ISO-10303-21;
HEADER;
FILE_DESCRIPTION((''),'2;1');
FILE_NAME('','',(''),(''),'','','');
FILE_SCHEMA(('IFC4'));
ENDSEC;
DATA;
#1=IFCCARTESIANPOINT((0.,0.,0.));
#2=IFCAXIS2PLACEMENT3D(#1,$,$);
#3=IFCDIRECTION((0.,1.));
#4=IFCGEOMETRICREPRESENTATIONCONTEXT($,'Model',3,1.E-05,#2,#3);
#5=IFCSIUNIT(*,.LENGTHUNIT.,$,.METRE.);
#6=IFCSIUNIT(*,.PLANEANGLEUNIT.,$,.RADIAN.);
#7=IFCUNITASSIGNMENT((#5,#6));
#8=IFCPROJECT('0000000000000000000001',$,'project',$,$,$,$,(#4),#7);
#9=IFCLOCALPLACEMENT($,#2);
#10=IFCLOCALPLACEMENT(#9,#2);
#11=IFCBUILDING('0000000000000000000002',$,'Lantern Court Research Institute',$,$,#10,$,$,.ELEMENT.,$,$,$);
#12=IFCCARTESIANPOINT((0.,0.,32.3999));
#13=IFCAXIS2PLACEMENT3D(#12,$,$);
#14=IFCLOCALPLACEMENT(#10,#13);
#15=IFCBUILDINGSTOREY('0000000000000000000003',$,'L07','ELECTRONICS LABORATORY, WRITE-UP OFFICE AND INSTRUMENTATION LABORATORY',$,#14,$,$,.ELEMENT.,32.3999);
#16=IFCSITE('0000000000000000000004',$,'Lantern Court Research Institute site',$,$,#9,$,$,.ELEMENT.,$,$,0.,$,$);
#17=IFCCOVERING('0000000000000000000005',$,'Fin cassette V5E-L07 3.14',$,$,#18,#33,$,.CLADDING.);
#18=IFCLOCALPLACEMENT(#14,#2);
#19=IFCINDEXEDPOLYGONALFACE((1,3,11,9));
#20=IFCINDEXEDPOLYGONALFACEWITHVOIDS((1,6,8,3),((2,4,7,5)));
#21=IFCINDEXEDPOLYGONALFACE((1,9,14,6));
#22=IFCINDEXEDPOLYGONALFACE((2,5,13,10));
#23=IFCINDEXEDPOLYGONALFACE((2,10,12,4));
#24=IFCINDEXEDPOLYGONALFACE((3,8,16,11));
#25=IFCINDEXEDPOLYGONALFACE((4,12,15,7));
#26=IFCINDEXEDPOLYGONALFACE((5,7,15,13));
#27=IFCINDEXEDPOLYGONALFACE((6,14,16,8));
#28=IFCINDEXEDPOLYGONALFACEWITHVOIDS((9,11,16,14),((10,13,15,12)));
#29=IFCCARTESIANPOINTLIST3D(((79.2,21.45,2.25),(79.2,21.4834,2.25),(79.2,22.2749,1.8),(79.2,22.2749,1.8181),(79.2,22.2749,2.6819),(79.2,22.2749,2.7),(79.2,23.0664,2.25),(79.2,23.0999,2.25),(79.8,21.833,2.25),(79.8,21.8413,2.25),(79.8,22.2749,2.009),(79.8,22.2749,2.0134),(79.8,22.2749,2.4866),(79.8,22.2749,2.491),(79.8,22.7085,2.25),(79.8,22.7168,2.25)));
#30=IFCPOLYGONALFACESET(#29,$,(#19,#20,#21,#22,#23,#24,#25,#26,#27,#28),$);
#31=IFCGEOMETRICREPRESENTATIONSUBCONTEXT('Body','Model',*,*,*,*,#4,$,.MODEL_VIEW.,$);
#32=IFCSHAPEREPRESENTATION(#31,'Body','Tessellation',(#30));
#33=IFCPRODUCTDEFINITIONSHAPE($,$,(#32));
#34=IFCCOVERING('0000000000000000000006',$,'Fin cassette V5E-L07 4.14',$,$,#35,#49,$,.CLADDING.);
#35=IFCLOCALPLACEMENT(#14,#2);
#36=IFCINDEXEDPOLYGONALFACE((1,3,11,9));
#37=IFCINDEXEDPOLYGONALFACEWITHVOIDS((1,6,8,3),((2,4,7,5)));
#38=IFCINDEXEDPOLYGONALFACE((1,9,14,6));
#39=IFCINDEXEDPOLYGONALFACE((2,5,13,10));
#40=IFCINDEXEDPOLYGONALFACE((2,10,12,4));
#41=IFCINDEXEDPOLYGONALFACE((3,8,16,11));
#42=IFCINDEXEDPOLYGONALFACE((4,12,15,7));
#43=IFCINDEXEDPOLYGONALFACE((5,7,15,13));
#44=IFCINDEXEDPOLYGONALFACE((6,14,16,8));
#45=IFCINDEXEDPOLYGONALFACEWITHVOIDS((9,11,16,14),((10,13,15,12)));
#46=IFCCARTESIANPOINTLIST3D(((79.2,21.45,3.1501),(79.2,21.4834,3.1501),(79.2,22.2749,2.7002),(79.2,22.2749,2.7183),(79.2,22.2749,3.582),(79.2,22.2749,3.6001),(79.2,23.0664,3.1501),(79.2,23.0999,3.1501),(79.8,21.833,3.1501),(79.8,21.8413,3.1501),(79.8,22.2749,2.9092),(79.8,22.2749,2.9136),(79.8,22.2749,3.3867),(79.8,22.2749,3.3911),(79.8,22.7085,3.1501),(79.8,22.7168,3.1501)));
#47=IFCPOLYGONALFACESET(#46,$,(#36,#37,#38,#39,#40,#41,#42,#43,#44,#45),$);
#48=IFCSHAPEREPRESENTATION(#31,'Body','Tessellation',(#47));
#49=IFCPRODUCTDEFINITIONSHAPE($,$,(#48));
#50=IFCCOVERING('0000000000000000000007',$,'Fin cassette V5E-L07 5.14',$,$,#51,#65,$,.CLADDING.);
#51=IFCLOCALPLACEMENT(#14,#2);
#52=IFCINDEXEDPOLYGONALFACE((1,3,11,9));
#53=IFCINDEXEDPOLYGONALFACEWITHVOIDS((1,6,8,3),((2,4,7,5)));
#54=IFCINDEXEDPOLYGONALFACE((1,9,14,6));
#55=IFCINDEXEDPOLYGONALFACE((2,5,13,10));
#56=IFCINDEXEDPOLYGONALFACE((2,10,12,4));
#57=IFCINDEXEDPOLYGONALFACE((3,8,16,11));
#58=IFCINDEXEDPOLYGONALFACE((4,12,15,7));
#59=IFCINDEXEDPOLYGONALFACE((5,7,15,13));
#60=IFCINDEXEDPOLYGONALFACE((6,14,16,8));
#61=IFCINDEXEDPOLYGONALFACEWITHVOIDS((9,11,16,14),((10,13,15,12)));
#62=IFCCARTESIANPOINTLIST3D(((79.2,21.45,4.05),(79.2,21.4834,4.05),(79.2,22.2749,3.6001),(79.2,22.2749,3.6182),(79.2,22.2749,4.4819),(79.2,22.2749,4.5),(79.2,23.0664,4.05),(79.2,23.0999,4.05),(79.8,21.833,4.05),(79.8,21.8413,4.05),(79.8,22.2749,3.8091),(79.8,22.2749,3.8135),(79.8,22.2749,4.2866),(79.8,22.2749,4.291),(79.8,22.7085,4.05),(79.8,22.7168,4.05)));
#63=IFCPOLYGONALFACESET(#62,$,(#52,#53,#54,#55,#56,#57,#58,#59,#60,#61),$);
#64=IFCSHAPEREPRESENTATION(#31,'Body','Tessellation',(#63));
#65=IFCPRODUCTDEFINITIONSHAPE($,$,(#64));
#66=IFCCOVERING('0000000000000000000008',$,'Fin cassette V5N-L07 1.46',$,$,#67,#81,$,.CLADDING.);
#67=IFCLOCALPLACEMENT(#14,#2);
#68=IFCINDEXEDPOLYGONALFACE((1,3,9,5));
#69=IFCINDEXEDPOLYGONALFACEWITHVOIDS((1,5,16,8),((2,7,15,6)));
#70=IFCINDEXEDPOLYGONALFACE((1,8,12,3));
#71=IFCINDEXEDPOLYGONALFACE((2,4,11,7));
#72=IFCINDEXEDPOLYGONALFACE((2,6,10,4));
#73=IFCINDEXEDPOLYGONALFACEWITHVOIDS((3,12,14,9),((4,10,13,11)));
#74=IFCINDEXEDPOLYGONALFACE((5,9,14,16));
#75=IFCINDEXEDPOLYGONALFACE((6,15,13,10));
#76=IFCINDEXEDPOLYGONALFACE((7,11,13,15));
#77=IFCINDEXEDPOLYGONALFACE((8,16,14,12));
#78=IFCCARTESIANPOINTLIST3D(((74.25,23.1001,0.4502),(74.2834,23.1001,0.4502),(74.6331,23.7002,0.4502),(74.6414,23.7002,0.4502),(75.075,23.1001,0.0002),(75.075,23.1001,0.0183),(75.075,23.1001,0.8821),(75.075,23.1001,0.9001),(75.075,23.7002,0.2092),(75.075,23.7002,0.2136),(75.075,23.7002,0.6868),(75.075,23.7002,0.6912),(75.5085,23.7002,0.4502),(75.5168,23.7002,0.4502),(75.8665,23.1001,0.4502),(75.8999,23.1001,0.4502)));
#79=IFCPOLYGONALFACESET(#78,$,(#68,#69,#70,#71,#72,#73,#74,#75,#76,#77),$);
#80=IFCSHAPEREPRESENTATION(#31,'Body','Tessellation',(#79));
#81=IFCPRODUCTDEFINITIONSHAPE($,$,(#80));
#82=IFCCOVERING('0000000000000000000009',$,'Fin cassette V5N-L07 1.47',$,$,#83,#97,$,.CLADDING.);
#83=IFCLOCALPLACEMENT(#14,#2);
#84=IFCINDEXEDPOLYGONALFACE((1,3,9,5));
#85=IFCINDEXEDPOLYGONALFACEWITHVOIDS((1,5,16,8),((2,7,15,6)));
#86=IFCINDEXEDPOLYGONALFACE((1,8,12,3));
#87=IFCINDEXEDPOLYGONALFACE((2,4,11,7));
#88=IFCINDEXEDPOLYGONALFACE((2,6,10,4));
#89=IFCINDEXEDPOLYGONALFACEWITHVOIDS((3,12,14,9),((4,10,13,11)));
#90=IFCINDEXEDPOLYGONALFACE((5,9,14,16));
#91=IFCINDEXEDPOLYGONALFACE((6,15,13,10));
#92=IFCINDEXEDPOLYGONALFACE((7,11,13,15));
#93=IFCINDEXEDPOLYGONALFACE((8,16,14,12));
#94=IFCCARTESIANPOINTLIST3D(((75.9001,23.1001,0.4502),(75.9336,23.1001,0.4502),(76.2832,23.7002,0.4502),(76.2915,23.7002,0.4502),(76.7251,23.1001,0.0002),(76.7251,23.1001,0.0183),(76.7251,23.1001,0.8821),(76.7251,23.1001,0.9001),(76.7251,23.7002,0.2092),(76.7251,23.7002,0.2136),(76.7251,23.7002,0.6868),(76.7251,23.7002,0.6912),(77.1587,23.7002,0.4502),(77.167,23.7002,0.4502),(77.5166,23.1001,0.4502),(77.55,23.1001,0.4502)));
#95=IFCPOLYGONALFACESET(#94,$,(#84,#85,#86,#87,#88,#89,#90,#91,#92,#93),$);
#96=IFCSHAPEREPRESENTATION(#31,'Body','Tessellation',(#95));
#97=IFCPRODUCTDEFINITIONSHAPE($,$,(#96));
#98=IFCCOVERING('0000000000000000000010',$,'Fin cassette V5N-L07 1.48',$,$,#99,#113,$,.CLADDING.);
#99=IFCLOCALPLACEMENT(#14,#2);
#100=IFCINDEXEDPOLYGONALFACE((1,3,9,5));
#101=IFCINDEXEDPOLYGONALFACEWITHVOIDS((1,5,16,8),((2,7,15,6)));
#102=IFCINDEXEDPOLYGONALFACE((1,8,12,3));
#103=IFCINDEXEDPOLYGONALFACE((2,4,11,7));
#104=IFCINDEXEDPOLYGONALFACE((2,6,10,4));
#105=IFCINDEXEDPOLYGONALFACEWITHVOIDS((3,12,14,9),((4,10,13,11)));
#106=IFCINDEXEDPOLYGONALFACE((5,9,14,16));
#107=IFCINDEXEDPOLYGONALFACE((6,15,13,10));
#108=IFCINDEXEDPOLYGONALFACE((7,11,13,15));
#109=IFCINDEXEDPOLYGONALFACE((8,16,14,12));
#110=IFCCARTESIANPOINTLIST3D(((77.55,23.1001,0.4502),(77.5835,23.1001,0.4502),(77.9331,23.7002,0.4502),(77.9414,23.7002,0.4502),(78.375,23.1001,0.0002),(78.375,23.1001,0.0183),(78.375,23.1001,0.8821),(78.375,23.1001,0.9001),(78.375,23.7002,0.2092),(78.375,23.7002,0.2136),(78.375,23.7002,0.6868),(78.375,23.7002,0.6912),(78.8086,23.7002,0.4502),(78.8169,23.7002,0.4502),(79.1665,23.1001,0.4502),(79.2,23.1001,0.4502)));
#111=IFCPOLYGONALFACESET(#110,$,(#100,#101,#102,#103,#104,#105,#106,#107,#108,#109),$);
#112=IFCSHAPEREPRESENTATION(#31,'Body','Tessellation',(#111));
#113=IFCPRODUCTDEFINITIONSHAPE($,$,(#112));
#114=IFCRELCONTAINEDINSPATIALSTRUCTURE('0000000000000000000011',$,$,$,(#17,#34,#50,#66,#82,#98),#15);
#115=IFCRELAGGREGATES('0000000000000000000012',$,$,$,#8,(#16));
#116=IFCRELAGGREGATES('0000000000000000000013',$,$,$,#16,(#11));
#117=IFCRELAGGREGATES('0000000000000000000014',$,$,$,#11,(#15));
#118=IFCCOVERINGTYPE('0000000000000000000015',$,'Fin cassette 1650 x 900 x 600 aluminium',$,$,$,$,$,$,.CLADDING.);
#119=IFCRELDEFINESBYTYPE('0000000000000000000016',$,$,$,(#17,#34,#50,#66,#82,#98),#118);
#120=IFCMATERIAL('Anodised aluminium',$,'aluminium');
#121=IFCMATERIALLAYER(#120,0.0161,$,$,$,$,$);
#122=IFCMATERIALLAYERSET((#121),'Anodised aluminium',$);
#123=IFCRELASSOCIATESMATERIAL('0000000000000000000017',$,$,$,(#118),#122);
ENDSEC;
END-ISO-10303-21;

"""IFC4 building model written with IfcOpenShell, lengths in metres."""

from ifc_helpers import new_model, entity, si_unit, direction, frame, origin, place, context, subcontext, project, spatial, material, layer, layer_set, type_object, element, save


model = new_model("IFC4")

# Units and contexts
model_context = context("Model", 3, precision=1e-05, world=origin(), true_north=direction((0.0, 1.0)))
body_context = subcontext(model_context, "Body", "Model", "MODEL_VIEW")
ifc_project = project(units=[si_unit("LENGTHUNIT", "METRE"), si_unit("PLANEANGLEUNIT", "RADIAN")], contexts=[model_context])

# Site, building, storey
site_placement = place(None, origin())
site = spatial("IfcSite", under=ifc_project, at=site_placement, Name="Lantern Court Research Institute site", CompositionType="ELEMENT", RefElevation=0.0)
building_placement = place(site_placement, origin())
building = spatial("IfcBuilding", under=site, at=building_placement, Name="Lantern Court Research Institute", CompositionType="ELEMENT")
storey_placement = place(building_placement, frame((0.0, 0.0, 32.3999)))
storey = spatial("IfcBuildingStorey", under=building, at=storey_placement, Name="L07", Description="ELECTRONICS LABORATORY, WRITE-UP OFFICE AND INSTRUMENTATION LABORATORY", CompositionType="ELEMENT", Elevation=32.3999)

# Coverings
ifc_material = material(Name="Anodised aluminium", Category="aluminium")
ifc_layer = layer(ifc_material, 0.0161)
ifc_layer_set = layer_set([ifc_layer], Name="Anodised aluminium")
covering_type = type_object("IfcCoveringType", Name="Fin cassette 1650 x 900 x 600 aluminium", PredefinedType="CLADDING", material=ifc_layer_set)
covering_1_placement = place(storey_placement, frame((79.2, 22.2749, 2.25), z_axis=(1.0, 0.0, 0.0), x_axis=(0.0, 1.0, 0.0)))
cartesian_point_1 = entity("IfcCartesianPoint", [0.825, 0.0])
cartesian_point_2 = entity("IfcCartesianPoint", [0.7915, 0.0])
cartesian_point_3 = entity("IfcCartesianPoint", [0.4419, 0.0])
cartesian_point_4 = entity("IfcCartesianPoint", [0.4336, 0.0])
element("IfcCovering", 1, at=covering_1_placement, inside=storey, type_object=covering_type, Name="Fin cassette V5E-L07 3.14", PredefinedType="CLADDING", context=body_context, shape_type="SweptSolid", body=[
    entity("IfcExtrudedAreaSolidTapered", entity("IfcArbitraryProfileDefWithVoids", "AREA", None, entity("IfcPolyline", [cartesian_point_1, entity("IfcCartesianPoint", [0.0, 0.45]), entity("IfcCartesianPoint", [-0.825, 0.0]), entity("IfcCartesianPoint", [0.0, -0.45]), cartesian_point_1]), [entity("IfcPolyline", [cartesian_point_2, entity("IfcCartesianPoint", [0.0, 0.4319]), entity("IfcCartesianPoint", [-0.7915, 0.0]), entity("IfcCartesianPoint", [0.0, -0.4319]), cartesian_point_2])]), entity("IfcAxis2Placement3D", entity("IfcCartesianPoint", [0.0, 0.0, 0.0])), entity("IfcDirection", [0.0, 0.0, 1.0]), 0.6001, entity("IfcArbitraryProfileDefWithVoids", "AREA", None, entity("IfcPolyline", [cartesian_point_3, entity("IfcCartesianPoint", [0.0, 0.241]), entity("IfcCartesianPoint", [-0.4419, 0.0]), entity("IfcCartesianPoint", [0.0, -0.241]), cartesian_point_3]), [entity("IfcPolyline", [cartesian_point_4, entity("IfcCartesianPoint", [0.0, 0.2366]), entity("IfcCartesianPoint", [-0.4336, 0.0]), entity("IfcCartesianPoint", [0.0, -0.2366]), cartesian_point_4])])),
])
covering_2_placement = place(storey_placement, frame((79.2, 22.2749, 3.1501), z_axis=(1.0, 0.0, 0.0), x_axis=(0.0, 1.0, 0.0)))
cartesian_point_5 = entity("IfcCartesianPoint", [0.825, 0.0])
cartesian_point_6 = entity("IfcCartesianPoint", [0.7915, 0.0])
cartesian_point_7 = entity("IfcCartesianPoint", [0.4419, 0.0])
cartesian_point_8 = entity("IfcCartesianPoint", [0.4336, 0.0])
element("IfcCovering", 2, at=covering_2_placement, inside=storey, type_object=covering_type, Name="Fin cassette V5E-L07 4.14", PredefinedType="CLADDING", context=body_context, shape_type="SweptSolid", body=[
    entity("IfcExtrudedAreaSolidTapered", entity("IfcArbitraryProfileDefWithVoids", "AREA", None, entity("IfcPolyline", [cartesian_point_5, entity("IfcCartesianPoint", [0.0, 0.45]), entity("IfcCartesianPoint", [-0.825, 0.0]), entity("IfcCartesianPoint", [0.0, -0.45]), cartesian_point_5]), [entity("IfcPolyline", [cartesian_point_6, entity("IfcCartesianPoint", [0.0, 0.4319]), entity("IfcCartesianPoint", [-0.7915, 0.0]), entity("IfcCartesianPoint", [0.0, -0.4319]), cartesian_point_6])]), entity("IfcAxis2Placement3D", entity("IfcCartesianPoint", [0.0, 0.0, 0.0])), entity("IfcDirection", [0.0, 0.0, 1.0]), 0.6001, entity("IfcArbitraryProfileDefWithVoids", "AREA", None, entity("IfcPolyline", [cartesian_point_7, entity("IfcCartesianPoint", [0.0, 0.241]), entity("IfcCartesianPoint", [-0.4419, 0.0]), entity("IfcCartesianPoint", [0.0, -0.241]), cartesian_point_7]), [entity("IfcPolyline", [cartesian_point_8, entity("IfcCartesianPoint", [0.0, 0.2366]), entity("IfcCartesianPoint", [-0.4336, 0.0]), entity("IfcCartesianPoint", [0.0, -0.2366]), cartesian_point_8])])),
])
covering_3_placement = place(storey_placement, frame((79.2, 22.2749, 4.05), z_axis=(1.0, 0.0, 0.0), x_axis=(0.0, 1.0, 0.0)))
cartesian_point_9 = entity("IfcCartesianPoint", [0.825, 0.0])
cartesian_point_10 = entity("IfcCartesianPoint", [0.7915, 0.0])
cartesian_point_11 = entity("IfcCartesianPoint", [0.4419, 0.0])
cartesian_point_12 = entity("IfcCartesianPoint", [0.4336, 0.0])
element("IfcCovering", 3, at=covering_3_placement, inside=storey, type_object=covering_type, Name="Fin cassette V5E-L07 5.14", PredefinedType="CLADDING", context=body_context, shape_type="SweptSolid", body=[
    entity("IfcExtrudedAreaSolidTapered", entity("IfcArbitraryProfileDefWithVoids", "AREA", None, entity("IfcPolyline", [cartesian_point_9, entity("IfcCartesianPoint", [0.0, 0.45]), entity("IfcCartesianPoint", [-0.825, 0.0]), entity("IfcCartesianPoint", [0.0, -0.45]), cartesian_point_9]), [entity("IfcPolyline", [cartesian_point_10, entity("IfcCartesianPoint", [0.0, 0.4319]), entity("IfcCartesianPoint", [-0.7915, 0.0]), entity("IfcCartesianPoint", [0.0, -0.4319]), cartesian_point_10])]), entity("IfcAxis2Placement3D", entity("IfcCartesianPoint", [0.0, 0.0, 0.0])), entity("IfcDirection", [0.0, 0.0, 1.0]), 0.6001, entity("IfcArbitraryProfileDefWithVoids", "AREA", None, entity("IfcPolyline", [cartesian_point_11, entity("IfcCartesianPoint", [0.0, 0.241]), entity("IfcCartesianPoint", [-0.4419, 0.0]), entity("IfcCartesianPoint", [0.0, -0.241]), cartesian_point_11]), [entity("IfcPolyline", [cartesian_point_12, entity("IfcCartesianPoint", [0.0, 0.2366]), entity("IfcCartesianPoint", [-0.4336, 0.0]), entity("IfcCartesianPoint", [0.0, -0.2366]), cartesian_point_12])])),
])
covering_4_placement = place(storey_placement, frame((75.075, 23.1001, 0.4502), z_axis=(0.0, 1.0, 0.0), x_axis=(-1.0, 0.0, 0.0)))
cartesian_point_13 = entity("IfcCartesianPoint", [0.825, 0.0])
cartesian_point_14 = entity("IfcCartesianPoint", [0.7915, 0.0])
cartesian_point_15 = entity("IfcCartesianPoint", [0.4419, 0.0])
cartesian_point_16 = entity("IfcCartesianPoint", [0.4336, 0.0])
element("IfcCovering", 4, at=covering_4_placement, inside=storey, type_object=covering_type, Name="Fin cassette V5N-L07 1.46", PredefinedType="CLADDING", context=body_context, shape_type="SweptSolid", body=[
    entity("IfcExtrudedAreaSolidTapered", entity("IfcArbitraryProfileDefWithVoids", "AREA", None, entity("IfcPolyline", [cartesian_point_13, entity("IfcCartesianPoint", [0.0, 0.45]), entity("IfcCartesianPoint", [-0.825, 0.0]), entity("IfcCartesianPoint", [0.0, -0.45]), cartesian_point_13]), [entity("IfcPolyline", [cartesian_point_14, entity("IfcCartesianPoint", [0.0, 0.4319]), entity("IfcCartesianPoint", [-0.7915, 0.0]), entity("IfcCartesianPoint", [0.0, -0.4319]), cartesian_point_14])]), entity("IfcAxis2Placement3D", entity("IfcCartesianPoint", [0.0, 0.0, 0.0])), entity("IfcDirection", [0.0, 0.0, 1.0]), 0.6001, entity("IfcArbitraryProfileDefWithVoids", "AREA", None, entity("IfcPolyline", [cartesian_point_15, entity("IfcCartesianPoint", [0.0, 0.241]), entity("IfcCartesianPoint", [-0.4419, 0.0]), entity("IfcCartesianPoint", [0.0, -0.241]), cartesian_point_15]), [entity("IfcPolyline", [cartesian_point_16, entity("IfcCartesianPoint", [0.0, 0.2366]), entity("IfcCartesianPoint", [-0.4336, 0.0]), entity("IfcCartesianPoint", [0.0, -0.2366]), cartesian_point_16])])),
])
covering_5_placement = place(storey_placement, frame((76.7251, 23.1001, 0.4502), z_axis=(0.0, 1.0, 0.0), x_axis=(-1.0, 0.0, 0.0)))
cartesian_point_17 = entity("IfcCartesianPoint", [0.825, 0.0])
cartesian_point_18 = entity("IfcCartesianPoint", [0.7915, 0.0])
cartesian_point_19 = entity("IfcCartesianPoint", [0.4419, 0.0])
cartesian_point_20 = entity("IfcCartesianPoint", [0.4336, 0.0])
element("IfcCovering", 5, at=covering_5_placement, inside=storey, type_object=covering_type, Name="Fin cassette V5N-L07 1.47", PredefinedType="CLADDING", context=body_context, shape_type="SweptSolid", body=[
    entity("IfcExtrudedAreaSolidTapered", entity("IfcArbitraryProfileDefWithVoids", "AREA", None, entity("IfcPolyline", [cartesian_point_17, entity("IfcCartesianPoint", [0.0, 0.45]), entity("IfcCartesianPoint", [-0.825, 0.0]), entity("IfcCartesianPoint", [0.0, -0.45]), cartesian_point_17]), [entity("IfcPolyline", [cartesian_point_18, entity("IfcCartesianPoint", [0.0, 0.4319]), entity("IfcCartesianPoint", [-0.7915, 0.0]), entity("IfcCartesianPoint", [0.0, -0.4319]), cartesian_point_18])]), entity("IfcAxis2Placement3D", entity("IfcCartesianPoint", [0.0, 0.0, 0.0])), entity("IfcDirection", [0.0, 0.0, 1.0]), 0.6001, entity("IfcArbitraryProfileDefWithVoids", "AREA", None, entity("IfcPolyline", [cartesian_point_19, entity("IfcCartesianPoint", [0.0, 0.241]), entity("IfcCartesianPoint", [-0.4419, 0.0]), entity("IfcCartesianPoint", [0.0, -0.241]), cartesian_point_19]), [entity("IfcPolyline", [cartesian_point_20, entity("IfcCartesianPoint", [0.0, 0.2366]), entity("IfcCartesianPoint", [-0.4336, 0.0]), entity("IfcCartesianPoint", [0.0, -0.2366]), cartesian_point_20])])),
])
covering_6_placement = place(storey_placement, frame((78.375, 23.1001, 0.4502), z_axis=(0.0, 1.0, 0.0), x_axis=(-1.0, 0.0, 0.0)))
cartesian_point_21 = entity("IfcCartesianPoint", [0.825, 0.0])
cartesian_point_22 = entity("IfcCartesianPoint", [0.7915, 0.0])
cartesian_point_23 = entity("IfcCartesianPoint", [0.4419, 0.0])
cartesian_point_24 = entity("IfcCartesianPoint", [0.4336, 0.0])
element("IfcCovering", 6, at=covering_6_placement, inside=storey, type_object=covering_type, Name="Fin cassette V5N-L07 1.48", PredefinedType="CLADDING", context=body_context, shape_type="SweptSolid", body=[
    entity("IfcExtrudedAreaSolidTapered", entity("IfcArbitraryProfileDefWithVoids", "AREA", None, entity("IfcPolyline", [cartesian_point_21, entity("IfcCartesianPoint", [0.0, 0.45]), entity("IfcCartesianPoint", [-0.825, 0.0]), entity("IfcCartesianPoint", [0.0, -0.45]), cartesian_point_21]), [entity("IfcPolyline", [cartesian_point_22, entity("IfcCartesianPoint", [0.0, 0.4319]), entity("IfcCartesianPoint", [-0.7915, 0.0]), entity("IfcCartesianPoint", [0.0, -0.4319]), cartesian_point_22])]), entity("IfcAxis2Placement3D", entity("IfcCartesianPoint", [0.0, 0.0, 0.0])), entity("IfcDirection", [0.0, 0.0, 1.0]), 0.6001, entity("IfcArbitraryProfileDefWithVoids", "AREA", None, entity("IfcPolyline", [cartesian_point_23, entity("IfcCartesianPoint", [0.0, 0.241]), entity("IfcCartesianPoint", [-0.4419, 0.0]), entity("IfcCartesianPoint", [0.0, -0.241]), cartesian_point_23]), [entity("IfcPolyline", [cartesian_point_24, entity("IfcCartesianPoint", [0.0, 0.2366]), entity("IfcCartesianPoint", [-0.4336, 0.0]), entity("IfcCartesianPoint", [0.0, -0.2366]), cartesian_point_24])])),
])

save(model, "model.ifc")
